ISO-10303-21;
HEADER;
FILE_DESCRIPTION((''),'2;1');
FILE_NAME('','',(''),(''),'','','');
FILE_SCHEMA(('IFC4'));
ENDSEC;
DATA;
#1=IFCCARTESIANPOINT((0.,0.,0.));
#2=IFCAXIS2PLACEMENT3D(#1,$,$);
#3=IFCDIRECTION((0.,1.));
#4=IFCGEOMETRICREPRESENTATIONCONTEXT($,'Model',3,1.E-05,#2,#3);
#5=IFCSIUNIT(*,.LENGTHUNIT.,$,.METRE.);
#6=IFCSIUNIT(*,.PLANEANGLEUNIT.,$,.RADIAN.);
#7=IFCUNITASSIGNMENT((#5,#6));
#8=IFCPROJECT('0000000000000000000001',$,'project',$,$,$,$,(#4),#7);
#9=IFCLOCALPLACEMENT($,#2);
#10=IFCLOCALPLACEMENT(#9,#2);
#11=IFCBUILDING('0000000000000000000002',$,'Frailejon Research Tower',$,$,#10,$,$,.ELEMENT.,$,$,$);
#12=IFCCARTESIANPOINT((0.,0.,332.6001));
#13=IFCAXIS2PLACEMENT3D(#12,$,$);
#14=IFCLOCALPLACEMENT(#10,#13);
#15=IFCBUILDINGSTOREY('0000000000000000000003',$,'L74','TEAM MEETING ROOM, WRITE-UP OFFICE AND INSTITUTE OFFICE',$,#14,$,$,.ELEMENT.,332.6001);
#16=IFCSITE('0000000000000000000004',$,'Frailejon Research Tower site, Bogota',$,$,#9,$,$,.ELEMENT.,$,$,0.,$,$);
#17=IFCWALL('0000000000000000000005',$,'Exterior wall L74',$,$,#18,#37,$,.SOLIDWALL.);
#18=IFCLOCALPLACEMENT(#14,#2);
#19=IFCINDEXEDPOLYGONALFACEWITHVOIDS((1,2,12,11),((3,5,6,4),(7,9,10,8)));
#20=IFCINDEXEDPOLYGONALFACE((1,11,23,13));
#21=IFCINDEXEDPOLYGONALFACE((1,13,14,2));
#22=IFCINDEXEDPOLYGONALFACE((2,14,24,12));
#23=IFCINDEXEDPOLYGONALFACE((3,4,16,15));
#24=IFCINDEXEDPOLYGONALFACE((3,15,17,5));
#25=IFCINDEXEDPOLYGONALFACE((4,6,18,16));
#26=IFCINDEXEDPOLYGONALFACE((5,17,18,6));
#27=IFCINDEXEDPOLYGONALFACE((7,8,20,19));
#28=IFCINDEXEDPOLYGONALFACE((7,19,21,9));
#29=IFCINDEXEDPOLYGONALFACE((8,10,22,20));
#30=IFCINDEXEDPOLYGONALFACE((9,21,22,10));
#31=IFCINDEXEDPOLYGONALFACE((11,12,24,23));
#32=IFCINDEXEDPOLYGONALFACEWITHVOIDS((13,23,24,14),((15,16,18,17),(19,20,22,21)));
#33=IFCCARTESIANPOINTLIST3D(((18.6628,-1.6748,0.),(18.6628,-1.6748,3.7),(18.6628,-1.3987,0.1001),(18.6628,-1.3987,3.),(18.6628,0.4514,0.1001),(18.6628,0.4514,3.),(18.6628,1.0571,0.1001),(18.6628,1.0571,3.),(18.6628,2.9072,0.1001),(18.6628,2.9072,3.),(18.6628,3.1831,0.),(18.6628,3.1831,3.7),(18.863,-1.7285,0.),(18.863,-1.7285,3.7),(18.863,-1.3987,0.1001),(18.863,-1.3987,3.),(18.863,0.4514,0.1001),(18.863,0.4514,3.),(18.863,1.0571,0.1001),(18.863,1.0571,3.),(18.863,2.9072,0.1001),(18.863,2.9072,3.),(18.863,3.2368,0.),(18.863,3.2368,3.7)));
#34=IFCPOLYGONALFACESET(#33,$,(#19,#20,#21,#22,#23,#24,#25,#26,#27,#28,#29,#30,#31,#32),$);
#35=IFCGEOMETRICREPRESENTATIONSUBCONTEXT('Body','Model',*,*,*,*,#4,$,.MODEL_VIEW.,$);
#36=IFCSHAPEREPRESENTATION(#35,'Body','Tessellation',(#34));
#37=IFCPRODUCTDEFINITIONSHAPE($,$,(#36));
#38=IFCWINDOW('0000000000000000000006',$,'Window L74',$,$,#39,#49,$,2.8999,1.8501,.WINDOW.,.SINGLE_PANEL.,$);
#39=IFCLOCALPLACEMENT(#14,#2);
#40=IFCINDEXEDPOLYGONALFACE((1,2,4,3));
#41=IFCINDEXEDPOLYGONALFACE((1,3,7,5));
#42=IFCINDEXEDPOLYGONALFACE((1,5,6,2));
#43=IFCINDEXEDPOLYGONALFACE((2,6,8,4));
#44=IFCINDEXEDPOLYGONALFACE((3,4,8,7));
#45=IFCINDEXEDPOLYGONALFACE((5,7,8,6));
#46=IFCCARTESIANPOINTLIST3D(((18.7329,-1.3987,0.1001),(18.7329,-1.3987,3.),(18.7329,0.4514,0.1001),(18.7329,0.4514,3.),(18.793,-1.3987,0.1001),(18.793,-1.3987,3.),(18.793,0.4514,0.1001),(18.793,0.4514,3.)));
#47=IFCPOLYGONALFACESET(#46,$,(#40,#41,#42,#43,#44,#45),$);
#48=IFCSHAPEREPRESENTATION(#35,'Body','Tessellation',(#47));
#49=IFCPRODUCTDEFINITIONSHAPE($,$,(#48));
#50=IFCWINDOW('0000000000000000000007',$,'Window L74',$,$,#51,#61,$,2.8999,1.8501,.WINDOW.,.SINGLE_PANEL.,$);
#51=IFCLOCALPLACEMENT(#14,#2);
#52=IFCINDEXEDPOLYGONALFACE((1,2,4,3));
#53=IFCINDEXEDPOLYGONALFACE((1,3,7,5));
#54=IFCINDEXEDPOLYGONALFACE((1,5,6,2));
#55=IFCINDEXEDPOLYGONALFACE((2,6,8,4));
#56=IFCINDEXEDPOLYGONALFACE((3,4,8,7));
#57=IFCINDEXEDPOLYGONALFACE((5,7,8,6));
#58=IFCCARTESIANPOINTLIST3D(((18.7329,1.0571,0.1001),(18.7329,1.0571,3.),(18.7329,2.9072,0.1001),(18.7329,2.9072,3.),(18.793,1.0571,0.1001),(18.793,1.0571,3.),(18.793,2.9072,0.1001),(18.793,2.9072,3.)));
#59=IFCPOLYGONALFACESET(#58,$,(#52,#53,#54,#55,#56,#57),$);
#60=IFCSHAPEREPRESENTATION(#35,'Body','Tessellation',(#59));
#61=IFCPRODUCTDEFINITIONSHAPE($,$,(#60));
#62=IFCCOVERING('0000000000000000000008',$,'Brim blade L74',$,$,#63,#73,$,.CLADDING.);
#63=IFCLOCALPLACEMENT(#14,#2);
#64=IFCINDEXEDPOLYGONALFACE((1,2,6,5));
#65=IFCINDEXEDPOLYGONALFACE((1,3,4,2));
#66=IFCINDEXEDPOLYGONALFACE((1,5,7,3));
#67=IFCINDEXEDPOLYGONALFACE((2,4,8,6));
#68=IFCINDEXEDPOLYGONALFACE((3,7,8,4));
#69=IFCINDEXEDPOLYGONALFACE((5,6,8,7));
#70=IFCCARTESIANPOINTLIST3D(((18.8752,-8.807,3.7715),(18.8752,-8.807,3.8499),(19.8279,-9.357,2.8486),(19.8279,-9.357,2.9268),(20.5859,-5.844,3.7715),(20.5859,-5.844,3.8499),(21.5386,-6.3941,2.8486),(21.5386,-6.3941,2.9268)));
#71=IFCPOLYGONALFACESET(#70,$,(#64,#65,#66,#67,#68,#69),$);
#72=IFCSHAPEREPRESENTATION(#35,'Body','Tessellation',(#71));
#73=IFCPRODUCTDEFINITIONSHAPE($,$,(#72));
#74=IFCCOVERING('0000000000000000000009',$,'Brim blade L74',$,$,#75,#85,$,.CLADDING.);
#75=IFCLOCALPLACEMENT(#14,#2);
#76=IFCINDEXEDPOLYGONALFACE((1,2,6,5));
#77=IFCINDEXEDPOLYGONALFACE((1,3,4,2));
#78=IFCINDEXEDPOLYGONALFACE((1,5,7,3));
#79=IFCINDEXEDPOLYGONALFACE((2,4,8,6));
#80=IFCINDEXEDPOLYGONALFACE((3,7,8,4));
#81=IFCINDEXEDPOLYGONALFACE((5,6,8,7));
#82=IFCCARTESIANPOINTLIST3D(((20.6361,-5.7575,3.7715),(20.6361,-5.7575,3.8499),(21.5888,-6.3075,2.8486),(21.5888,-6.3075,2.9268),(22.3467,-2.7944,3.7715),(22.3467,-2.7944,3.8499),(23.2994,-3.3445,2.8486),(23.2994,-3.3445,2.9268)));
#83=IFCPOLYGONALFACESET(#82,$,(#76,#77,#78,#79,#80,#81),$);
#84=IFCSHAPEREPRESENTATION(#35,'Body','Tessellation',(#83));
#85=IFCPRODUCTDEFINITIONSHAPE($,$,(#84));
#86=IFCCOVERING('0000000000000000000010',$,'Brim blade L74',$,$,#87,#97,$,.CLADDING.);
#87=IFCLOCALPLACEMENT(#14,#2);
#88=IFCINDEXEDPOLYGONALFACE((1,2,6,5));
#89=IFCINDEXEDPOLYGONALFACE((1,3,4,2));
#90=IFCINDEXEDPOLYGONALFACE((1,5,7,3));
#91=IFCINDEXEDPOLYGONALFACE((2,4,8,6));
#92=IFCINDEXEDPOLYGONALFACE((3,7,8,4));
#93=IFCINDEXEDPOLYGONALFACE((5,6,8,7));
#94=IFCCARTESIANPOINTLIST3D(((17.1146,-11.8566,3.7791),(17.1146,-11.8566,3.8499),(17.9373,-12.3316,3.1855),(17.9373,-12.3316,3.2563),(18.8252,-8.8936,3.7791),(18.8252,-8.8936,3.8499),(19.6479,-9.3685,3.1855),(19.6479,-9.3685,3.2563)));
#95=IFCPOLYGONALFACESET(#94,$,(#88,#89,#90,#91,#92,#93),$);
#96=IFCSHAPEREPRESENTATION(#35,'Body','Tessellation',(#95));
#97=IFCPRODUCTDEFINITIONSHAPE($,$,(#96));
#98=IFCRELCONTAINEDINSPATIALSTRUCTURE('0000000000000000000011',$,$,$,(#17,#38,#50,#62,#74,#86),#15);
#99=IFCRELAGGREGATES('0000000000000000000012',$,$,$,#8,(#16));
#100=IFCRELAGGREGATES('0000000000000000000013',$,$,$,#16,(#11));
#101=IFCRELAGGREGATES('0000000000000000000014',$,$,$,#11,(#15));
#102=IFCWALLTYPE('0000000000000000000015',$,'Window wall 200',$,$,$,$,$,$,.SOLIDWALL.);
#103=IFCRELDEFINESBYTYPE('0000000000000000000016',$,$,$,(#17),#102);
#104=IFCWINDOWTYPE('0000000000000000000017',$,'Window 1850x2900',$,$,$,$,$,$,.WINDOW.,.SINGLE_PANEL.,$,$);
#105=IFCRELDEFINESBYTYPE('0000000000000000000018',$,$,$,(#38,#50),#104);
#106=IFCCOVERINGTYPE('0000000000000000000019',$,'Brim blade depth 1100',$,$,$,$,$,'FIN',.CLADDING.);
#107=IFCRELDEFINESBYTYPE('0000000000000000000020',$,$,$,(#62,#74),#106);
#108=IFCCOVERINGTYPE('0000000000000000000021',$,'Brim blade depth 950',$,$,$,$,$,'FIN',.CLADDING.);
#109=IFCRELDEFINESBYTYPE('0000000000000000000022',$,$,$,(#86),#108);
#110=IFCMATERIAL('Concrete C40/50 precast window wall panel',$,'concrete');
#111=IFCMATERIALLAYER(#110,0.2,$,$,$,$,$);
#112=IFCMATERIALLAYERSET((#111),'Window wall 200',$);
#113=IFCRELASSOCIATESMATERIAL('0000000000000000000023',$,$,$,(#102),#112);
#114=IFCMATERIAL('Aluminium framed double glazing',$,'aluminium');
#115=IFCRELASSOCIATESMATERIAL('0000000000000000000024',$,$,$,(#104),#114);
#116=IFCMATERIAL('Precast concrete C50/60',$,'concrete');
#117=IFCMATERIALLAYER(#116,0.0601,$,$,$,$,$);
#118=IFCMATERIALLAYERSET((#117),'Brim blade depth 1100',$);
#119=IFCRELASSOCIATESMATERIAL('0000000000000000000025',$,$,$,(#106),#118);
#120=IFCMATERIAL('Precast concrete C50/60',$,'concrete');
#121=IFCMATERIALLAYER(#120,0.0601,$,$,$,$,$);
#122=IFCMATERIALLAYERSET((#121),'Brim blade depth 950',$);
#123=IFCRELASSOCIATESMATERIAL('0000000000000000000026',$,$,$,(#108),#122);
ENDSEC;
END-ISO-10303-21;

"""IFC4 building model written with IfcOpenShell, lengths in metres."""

from ifc_helpers import new_model, si_unit, direction, frame, frame_2d, origin, place, context, subcontext, project, spatial, polyline, rectangle, outline, extrude, material, layer, layer_set, type_object, element, fill, save


model = new_model("IFC4")

# Units and contexts
model_context = context("Model", 3, precision=1e-05, world=origin(), true_north=direction((0.0, 1.0)))
body_context = subcontext(model_context, "Body", "Model", "MODEL_VIEW")
ifc_project = project(units=[si_unit("LENGTHUNIT", "METRE"), si_unit("PLANEANGLEUNIT", "RADIAN")], contexts=[model_context])

# Site, building, storey
site_placement = place(None, origin())
site = spatial("IfcSite", under=ifc_project, at=site_placement, Name="Frailejon Research Tower site, Bogota", CompositionType="ELEMENT", RefElevation=0.0)
building_placement = place(site_placement, origin())
building = spatial("IfcBuilding", under=site, at=building_placement, Name="Frailejon Research Tower", CompositionType="ELEMENT")
storey_placement = place(building_placement, frame((0.0, 0.0, 332.6001)))
storey = spatial("IfcBuildingStorey", under=building, at=storey_placement, Name="L74", Description="TEAM MEETING ROOM, WRITE-UP OFFICE AND INSTITUTE OFFICE", CompositionType="ELEMENT", Elevation=332.6001)

# Wall, openings, windows
ifc_material_1 = material(Name="Concrete C40/50 precast window wall panel", Category="concrete")
ifc_layer_1 = layer(ifc_material_1, 0.2)
ifc_layer_set_1 = layer_set([ifc_layer_1], Name="Window wall 200")
wall_type = type_object("IfcWallType", Name="Window wall 200", PredefinedType="SOLIDWALL", material=ifc_layer_set_1)
wall_placement = place(storey_placement, frame((18.7629, -1.7017, 0.0), z_axis=(0.0, 0.0, 1.0), x_axis=(0.0, 1.0, 0.0)))
wall = element("IfcWall", 1, at=wall_placement, inside=storey, type_object=wall_type, Name="Exterior wall L74", PredefinedType="SOLIDWALL", context=body_context, shape_type="SweptSolid", body=[
    extrude(outline(polyline([(-0.0269, -0.1001), (1.2144, -0.1001), (2.4558, -0.1001), (3.6973, -0.1001), (4.9385, -0.1001), (4.8848, 0.1001), (3.6704, 0.1001), (2.4558, 0.1001), (1.2412, 0.1001), (0.0269, 0.1001), (-0.0269, -0.1001)])), origin(), (0.0, 0.0, 1.0), 3.7),
])
opening_1_placement = place(wall_placement, frame((0.303, 0.0, 0.1001)))
opening_1 = element("IfcOpeningElement", 2, at=opening_1_placement, cuts=wall, PredefinedType="OPENING", context=body_context, shape_type="SweptSolid", body=[
    extrude(rectangle(XDim=1.8501, YDim=2.8999, at=frame_2d((0.925, 1.45))), frame((0.0, 0.1099, 0.0), z_axis=(0.0, -1.0, 0.0), x_axis=(1.0, 0.0, 0.0)), (0.0, 0.0, 1.0), 0.22),
])
opening_2_placement = place(wall_placement, frame((2.7588, 0.0, 0.1001)))
opening_2 = element("IfcOpeningElement", 3, at=opening_2_placement, cuts=wall, PredefinedType="OPENING", context=body_context, shape_type="SweptSolid", body=[
    extrude(rectangle(XDim=1.8501, YDim=2.8999, at=frame_2d((0.925, 1.45))), frame((0.0, 0.1099, 0.0), z_axis=(0.0, -1.0, 0.0), x_axis=(1.0, 0.0, 0.0)), (0.0, 0.0, 1.0), 0.22),
])
ifc_material_2 = material(Name="Aluminium framed double glazing", Category="aluminium")
window_type = type_object("IfcWindowType", Name="Window 1850x2900", PartitioningType="SINGLE_PANEL", PredefinedType="WINDOW", material=ifc_material_2)
window_1_placement = place(opening_1_placement, origin())
window_1 = element("IfcWindow", 4, at=window_1_placement, inside=storey, type_object=window_type, Name="Window L74", OverallHeight=2.8999, OverallWidth=1.8501, PartitioningType="SINGLE_PANEL", PredefinedType="WINDOW", context=body_context, shape_type="SweptSolid", body=[
    extrude(rectangle(XDim=1.8501, YDim=2.8999, at=frame_2d((0.925, 1.45))), frame((0.0, 0.03, 0.0), z_axis=(0.0, -1.0, 0.0), x_axis=(1.0, 0.0, 0.0)), (0.0, 0.0, 1.0), 0.0601),
])
fill(opening_1, window_1)
window_2_placement = place(opening_2_placement, origin())
window_2 = element("IfcWindow", 5, at=window_2_placement, inside=storey, type_object=window_type, Name="Window L74", OverallHeight=2.8999, OverallWidth=1.8501, PartitioningType="SINGLE_PANEL", PredefinedType="WINDOW", context=body_context, shape_type="SweptSolid", body=[
    extrude(rectangle(XDim=1.8501, YDim=2.8999, at=frame_2d((0.925, 1.45))), frame((0.0, 0.03, 0.0), z_axis=(0.0, -1.0, 0.0), x_axis=(1.0, 0.0, 0.0)), (0.0, 0.0, 1.0), 0.0601),
])
fill(opening_2, window_2)

# Coverings
ifc_material_3 = material(Name="Precast concrete C50/60", Category="concrete")
ifc_layer_2 = layer(ifc_material_3, 0.0601)
ifc_layer_set_2 = layer_set([ifc_layer_2], Name="Brim blade depth 1100")
covering_type_1 = type_object("IfcCoveringType", Name="Brim blade depth 1100", ElementType="FIN", PredefinedType="CLADDING", material=ifc_layer_set_2)
for number, where, z_axis, x_axis, name in (
    (6, (20.5859, -5.844, 3.8499), (-0.500015, -0.866017, 0.0), (0.866017, -0.500015, 0.0), "Brim blade L74"),
    (7, (22.3467, -2.7944, 3.8499), (-0.499981, -0.866036, 0.0), (0.866036, -0.499981, 0.0), "Brim blade L74"),
):
    element("IfcCovering", number, at=place(storey_placement, frame(where, z_axis=z_axis, x_axis=x_axis)), inside=storey, type_object=covering_type_1, Name=name, PredefinedType="CLADDING", context=body_context, shape_type="SweptSolid", body=[
        extrude(outline(polyline([(0.0, -0.0784), (1.1001, -1.0012), (1.1001, -0.9231), (0.0, 0.0), (0.0, -0.0784)])), origin(), (0.0, 0.0, 1.0), 3.4214),
    ])
ifc_material_4 = material(Name="Precast concrete C50/60", Category="concrete")
ifc_layer_3 = layer(ifc_material_4, 0.0601)
ifc_layer_set_3 = layer_set([ifc_layer_3], Name="Brim blade depth 950")
covering_type_2 = type_object("IfcCoveringType", Name="Brim blade depth 950", ElementType="FIN", PredefinedType="CLADDING", material=ifc_layer_set_3)
covering_placement = place(storey_placement, frame((18.8252, -8.8936, 3.8499), z_axis=(-0.499981, -0.866036, 0.0), x_axis=(0.866036, -0.499981, 0.0)))
element("IfcCovering", 8, at=covering_placement, inside=storey, type_object=covering_type_2, Name="Brim blade L74", PredefinedType="CLADDING", context=body_context, shape_type="SweptSolid", body=[
    extrude(outline(polyline([(0.0, -0.0708), (0.95, -0.6643), (0.95, -0.5935), (0.0, 0.0), (0.0, -0.0708)])), origin(), (0.0, 0.0, 1.0), 3.4214),
])

save(model, "model.ifc")
